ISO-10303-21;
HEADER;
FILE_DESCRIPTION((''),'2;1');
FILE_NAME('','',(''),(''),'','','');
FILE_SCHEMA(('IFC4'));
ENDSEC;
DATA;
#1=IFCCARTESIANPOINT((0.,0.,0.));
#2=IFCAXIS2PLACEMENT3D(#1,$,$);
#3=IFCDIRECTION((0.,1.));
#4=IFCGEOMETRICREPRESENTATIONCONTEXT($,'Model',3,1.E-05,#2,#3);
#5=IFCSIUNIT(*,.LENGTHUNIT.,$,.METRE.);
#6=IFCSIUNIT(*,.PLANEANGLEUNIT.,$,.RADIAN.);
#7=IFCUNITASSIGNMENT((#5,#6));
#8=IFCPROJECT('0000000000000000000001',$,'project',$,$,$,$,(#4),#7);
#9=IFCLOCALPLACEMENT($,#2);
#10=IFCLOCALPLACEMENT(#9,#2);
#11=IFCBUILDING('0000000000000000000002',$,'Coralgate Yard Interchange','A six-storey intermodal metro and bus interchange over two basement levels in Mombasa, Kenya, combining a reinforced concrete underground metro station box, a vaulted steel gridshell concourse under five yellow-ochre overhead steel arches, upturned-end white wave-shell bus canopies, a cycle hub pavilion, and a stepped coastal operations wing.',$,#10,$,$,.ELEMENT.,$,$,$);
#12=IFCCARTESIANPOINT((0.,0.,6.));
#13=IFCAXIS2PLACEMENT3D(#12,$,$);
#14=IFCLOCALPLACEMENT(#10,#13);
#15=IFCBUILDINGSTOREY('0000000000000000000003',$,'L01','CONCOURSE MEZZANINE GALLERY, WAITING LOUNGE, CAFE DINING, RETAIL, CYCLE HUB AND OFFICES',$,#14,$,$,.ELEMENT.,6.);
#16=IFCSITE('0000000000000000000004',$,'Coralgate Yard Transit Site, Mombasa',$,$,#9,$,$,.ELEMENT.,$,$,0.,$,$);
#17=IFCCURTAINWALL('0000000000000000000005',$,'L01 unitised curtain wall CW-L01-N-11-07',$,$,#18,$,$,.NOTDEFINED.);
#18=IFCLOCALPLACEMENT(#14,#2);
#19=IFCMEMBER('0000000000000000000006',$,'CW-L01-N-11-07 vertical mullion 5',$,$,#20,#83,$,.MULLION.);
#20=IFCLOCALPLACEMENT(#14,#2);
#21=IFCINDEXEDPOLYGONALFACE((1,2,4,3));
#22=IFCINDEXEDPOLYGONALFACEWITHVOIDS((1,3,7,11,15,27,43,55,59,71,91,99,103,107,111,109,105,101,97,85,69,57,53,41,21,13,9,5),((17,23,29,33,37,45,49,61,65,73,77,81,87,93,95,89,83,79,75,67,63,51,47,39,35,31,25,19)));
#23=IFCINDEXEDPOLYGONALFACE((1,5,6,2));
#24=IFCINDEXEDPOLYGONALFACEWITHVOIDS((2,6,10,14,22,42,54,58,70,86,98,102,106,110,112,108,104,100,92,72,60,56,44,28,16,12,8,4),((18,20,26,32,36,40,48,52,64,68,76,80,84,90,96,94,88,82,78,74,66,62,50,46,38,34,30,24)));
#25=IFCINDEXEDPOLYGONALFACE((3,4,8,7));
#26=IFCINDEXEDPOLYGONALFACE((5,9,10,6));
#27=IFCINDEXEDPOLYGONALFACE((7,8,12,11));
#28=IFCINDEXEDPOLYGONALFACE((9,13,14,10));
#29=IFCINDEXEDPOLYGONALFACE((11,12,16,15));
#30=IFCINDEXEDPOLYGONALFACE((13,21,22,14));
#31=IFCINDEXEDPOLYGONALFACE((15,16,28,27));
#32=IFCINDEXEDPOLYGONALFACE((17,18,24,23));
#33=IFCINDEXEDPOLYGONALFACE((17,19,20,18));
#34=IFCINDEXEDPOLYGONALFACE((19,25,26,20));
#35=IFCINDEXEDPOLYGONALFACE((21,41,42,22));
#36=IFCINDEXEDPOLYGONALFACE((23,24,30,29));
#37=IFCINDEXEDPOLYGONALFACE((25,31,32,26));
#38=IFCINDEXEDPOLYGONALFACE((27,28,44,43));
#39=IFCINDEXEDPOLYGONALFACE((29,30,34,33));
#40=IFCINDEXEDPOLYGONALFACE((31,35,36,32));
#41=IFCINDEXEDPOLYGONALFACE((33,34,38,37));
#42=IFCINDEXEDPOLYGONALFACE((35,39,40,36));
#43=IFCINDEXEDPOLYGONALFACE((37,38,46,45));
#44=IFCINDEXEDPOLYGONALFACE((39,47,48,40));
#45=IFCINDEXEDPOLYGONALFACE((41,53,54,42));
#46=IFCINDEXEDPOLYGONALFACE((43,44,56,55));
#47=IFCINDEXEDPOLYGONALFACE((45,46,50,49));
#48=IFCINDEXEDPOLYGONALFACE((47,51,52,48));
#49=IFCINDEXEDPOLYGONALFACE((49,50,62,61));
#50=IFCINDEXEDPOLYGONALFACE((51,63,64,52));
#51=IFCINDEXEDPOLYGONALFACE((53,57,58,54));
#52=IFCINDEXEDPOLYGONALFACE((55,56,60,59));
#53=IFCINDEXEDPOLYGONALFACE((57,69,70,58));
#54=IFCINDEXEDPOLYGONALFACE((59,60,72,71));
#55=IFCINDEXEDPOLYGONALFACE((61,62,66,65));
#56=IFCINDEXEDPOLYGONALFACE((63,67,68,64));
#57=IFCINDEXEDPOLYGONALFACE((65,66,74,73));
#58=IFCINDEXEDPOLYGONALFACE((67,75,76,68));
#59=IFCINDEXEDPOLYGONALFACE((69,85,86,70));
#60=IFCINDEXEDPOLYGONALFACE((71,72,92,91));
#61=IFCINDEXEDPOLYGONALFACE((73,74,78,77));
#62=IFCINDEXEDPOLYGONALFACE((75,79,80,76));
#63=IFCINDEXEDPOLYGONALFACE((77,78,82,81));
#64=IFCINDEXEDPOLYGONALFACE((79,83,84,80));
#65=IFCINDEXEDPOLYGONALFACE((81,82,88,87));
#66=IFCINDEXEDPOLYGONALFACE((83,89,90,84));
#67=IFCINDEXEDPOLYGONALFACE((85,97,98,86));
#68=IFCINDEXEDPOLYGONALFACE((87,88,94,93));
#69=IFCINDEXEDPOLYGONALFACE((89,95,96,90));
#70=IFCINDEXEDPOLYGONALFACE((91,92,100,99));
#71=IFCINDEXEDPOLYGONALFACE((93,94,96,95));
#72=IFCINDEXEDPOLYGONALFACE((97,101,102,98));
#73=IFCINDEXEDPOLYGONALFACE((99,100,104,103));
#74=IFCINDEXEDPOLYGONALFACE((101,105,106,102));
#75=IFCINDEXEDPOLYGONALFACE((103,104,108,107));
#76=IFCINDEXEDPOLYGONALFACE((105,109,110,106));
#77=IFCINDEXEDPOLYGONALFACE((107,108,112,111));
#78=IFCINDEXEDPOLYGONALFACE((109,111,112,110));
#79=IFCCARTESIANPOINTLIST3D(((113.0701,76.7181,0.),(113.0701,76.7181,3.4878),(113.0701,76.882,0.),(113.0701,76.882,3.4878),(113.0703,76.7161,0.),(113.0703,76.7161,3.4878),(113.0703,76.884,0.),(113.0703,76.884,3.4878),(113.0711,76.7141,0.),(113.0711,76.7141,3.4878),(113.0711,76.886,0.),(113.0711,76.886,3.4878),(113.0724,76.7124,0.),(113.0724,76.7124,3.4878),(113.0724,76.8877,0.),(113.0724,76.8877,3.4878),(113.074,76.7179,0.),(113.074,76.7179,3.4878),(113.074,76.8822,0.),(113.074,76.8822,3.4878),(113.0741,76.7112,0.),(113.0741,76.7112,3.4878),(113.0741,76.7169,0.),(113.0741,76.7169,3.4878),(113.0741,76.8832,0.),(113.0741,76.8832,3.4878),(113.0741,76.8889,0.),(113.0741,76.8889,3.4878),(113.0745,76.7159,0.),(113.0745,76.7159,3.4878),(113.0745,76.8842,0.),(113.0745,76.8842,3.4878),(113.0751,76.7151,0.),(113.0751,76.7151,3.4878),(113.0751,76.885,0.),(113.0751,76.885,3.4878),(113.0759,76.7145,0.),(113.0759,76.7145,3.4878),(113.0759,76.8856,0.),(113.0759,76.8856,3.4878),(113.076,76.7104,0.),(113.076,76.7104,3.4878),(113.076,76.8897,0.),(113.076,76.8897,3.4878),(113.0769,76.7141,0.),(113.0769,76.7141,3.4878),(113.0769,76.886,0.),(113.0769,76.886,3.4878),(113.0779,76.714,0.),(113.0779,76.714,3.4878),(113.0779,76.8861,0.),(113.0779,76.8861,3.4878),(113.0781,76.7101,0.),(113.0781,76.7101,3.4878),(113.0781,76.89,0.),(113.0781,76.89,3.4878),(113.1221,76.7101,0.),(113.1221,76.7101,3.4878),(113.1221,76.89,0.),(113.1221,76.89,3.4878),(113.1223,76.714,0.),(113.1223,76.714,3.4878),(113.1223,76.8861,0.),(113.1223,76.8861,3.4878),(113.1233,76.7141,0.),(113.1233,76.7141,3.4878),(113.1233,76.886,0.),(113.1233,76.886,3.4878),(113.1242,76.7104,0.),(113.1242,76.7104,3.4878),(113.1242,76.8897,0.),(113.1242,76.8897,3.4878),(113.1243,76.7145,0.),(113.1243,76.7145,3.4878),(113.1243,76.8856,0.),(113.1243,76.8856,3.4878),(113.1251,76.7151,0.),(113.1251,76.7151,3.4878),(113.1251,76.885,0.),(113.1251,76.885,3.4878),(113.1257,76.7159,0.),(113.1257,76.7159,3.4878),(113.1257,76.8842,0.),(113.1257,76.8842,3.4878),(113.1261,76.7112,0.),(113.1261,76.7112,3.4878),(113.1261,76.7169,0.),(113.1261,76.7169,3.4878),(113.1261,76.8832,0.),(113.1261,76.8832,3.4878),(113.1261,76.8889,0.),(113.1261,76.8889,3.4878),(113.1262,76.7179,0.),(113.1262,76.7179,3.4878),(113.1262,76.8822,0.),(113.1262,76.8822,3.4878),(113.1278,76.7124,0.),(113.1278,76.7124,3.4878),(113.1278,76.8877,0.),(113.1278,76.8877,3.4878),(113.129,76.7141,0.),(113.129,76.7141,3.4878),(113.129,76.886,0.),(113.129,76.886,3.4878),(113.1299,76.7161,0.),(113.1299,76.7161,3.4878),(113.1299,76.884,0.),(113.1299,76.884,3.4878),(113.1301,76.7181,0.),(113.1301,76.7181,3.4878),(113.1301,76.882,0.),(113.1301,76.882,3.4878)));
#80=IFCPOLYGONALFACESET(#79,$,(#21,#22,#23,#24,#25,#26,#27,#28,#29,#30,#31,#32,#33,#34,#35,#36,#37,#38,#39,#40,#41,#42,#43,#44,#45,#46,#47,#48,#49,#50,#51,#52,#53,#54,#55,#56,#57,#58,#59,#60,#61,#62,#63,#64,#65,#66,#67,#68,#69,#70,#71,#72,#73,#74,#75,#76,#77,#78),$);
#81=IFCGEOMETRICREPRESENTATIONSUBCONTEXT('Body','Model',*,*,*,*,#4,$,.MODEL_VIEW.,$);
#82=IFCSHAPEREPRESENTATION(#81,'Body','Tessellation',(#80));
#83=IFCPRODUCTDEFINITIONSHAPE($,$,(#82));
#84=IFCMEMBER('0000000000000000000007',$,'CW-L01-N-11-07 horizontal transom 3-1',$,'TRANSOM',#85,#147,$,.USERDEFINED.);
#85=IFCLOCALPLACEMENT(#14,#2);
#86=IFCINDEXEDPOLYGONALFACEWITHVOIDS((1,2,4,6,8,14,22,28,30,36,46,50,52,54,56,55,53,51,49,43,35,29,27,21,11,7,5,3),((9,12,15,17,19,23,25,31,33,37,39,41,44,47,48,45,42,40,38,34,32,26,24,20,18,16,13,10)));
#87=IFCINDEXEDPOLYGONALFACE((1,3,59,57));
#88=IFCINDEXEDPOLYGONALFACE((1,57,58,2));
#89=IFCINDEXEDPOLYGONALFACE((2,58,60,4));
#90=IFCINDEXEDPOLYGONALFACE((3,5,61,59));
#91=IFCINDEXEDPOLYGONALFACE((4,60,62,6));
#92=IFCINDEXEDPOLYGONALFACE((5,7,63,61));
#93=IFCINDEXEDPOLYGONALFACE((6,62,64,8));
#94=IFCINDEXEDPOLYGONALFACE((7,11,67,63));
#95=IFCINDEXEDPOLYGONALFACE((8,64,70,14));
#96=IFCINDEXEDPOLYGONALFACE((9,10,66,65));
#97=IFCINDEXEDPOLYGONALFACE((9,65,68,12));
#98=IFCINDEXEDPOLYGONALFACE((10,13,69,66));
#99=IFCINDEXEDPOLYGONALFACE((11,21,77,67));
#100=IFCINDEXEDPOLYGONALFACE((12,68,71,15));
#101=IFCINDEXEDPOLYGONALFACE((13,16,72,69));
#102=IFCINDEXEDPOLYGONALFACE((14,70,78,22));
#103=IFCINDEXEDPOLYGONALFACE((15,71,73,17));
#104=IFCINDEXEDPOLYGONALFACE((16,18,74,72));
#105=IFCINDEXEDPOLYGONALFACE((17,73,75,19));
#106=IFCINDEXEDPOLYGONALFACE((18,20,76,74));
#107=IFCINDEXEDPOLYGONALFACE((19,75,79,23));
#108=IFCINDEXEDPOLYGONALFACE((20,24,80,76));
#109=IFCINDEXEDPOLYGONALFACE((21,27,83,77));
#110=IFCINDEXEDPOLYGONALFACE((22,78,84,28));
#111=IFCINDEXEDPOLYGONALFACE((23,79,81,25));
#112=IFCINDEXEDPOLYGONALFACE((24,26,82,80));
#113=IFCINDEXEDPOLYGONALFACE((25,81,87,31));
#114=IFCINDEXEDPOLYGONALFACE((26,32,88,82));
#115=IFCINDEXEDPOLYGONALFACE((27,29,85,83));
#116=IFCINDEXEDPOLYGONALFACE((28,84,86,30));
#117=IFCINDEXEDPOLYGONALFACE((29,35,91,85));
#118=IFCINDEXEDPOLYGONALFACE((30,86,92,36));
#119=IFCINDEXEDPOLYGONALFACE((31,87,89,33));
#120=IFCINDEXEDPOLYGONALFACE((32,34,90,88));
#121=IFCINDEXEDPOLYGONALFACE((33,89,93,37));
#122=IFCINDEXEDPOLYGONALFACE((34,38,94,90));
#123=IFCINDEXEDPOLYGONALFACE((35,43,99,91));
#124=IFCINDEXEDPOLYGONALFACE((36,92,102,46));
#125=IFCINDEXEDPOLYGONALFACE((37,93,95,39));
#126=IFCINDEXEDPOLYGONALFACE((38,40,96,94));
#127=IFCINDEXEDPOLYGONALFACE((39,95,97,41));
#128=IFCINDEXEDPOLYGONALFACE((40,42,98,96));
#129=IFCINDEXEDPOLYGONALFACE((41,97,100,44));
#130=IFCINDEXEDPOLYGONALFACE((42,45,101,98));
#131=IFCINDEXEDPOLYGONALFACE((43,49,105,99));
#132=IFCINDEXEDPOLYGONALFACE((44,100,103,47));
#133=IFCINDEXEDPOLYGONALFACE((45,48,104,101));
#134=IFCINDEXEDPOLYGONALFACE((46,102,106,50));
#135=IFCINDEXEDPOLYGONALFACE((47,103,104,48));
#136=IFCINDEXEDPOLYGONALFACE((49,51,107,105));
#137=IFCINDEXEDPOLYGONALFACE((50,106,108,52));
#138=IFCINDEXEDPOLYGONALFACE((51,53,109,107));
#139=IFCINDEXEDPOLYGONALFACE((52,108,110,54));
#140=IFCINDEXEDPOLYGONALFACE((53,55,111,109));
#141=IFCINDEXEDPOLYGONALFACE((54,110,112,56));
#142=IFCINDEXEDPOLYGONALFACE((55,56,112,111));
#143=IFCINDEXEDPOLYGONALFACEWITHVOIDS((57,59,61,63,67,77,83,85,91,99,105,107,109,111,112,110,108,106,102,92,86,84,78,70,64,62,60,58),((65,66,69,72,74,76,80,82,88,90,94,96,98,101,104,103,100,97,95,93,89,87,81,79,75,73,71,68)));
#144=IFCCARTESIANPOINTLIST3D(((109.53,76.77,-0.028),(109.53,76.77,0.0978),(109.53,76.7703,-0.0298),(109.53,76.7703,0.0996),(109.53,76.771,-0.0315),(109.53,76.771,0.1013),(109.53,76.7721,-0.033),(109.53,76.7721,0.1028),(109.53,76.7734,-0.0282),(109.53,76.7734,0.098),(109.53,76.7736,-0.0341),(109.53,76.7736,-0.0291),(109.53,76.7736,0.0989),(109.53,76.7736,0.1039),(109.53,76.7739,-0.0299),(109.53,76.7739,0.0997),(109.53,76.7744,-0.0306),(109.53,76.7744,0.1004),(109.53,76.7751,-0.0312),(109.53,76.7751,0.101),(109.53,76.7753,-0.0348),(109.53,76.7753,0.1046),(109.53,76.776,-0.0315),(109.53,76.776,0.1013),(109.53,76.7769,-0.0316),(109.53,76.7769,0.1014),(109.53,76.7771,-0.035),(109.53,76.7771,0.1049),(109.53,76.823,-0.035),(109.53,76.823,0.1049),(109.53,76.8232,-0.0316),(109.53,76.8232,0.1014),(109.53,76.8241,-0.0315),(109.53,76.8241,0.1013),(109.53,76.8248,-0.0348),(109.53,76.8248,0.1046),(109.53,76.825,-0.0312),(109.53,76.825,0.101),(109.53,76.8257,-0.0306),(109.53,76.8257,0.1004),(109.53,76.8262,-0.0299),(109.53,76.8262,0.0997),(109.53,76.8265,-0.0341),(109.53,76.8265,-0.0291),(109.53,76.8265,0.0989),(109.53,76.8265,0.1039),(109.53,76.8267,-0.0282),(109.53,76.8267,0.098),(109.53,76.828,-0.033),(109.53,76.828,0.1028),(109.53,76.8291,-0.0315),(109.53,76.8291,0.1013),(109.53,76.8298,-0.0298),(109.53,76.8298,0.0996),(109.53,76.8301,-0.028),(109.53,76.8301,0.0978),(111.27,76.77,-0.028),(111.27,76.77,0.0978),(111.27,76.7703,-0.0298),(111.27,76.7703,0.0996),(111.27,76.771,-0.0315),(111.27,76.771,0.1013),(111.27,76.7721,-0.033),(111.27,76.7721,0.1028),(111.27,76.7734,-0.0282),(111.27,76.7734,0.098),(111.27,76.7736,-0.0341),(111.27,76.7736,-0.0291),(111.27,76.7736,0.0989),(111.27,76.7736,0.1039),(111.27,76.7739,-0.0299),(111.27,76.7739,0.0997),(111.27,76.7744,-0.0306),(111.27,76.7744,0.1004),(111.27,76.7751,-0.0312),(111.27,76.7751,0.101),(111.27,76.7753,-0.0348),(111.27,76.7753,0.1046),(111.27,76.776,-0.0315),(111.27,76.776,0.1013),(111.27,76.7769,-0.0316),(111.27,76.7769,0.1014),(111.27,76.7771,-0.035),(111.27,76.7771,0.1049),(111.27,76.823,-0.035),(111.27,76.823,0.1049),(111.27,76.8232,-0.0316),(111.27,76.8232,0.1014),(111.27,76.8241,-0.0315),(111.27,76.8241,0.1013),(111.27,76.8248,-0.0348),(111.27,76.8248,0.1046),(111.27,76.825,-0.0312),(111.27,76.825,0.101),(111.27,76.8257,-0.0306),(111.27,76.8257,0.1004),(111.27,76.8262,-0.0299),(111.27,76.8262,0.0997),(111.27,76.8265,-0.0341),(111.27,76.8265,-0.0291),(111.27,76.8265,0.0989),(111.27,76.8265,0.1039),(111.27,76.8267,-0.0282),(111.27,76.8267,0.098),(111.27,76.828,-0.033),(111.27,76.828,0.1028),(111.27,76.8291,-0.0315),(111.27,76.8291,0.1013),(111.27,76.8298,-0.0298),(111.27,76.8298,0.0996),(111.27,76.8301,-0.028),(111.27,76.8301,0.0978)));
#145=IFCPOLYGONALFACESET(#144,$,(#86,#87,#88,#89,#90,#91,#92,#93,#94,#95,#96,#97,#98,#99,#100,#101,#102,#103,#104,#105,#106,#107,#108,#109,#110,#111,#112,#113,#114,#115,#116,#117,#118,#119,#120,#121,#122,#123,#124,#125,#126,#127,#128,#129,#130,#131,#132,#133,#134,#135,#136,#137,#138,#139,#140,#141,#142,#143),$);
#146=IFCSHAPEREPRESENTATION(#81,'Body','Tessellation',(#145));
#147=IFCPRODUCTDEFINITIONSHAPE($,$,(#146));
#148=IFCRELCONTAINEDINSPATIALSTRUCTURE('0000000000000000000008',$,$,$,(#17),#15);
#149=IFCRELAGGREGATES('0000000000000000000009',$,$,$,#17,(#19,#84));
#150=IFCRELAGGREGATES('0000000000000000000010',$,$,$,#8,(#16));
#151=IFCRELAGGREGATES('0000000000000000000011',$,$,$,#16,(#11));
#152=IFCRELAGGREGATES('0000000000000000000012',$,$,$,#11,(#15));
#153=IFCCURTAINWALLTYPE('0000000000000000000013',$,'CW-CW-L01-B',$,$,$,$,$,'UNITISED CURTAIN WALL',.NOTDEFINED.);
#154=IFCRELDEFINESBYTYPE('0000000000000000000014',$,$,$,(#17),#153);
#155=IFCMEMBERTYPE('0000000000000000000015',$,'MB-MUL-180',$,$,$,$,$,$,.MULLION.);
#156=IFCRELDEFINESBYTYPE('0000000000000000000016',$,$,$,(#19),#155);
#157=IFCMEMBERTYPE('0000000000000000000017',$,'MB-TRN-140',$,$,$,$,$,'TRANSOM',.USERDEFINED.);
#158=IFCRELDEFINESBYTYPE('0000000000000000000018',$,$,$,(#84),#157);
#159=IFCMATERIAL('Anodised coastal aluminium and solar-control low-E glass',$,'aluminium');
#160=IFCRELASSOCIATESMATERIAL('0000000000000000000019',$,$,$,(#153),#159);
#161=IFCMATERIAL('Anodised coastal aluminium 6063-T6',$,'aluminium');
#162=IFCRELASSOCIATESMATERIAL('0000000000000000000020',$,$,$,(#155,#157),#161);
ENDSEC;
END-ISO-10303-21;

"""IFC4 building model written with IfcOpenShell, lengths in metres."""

from ifc_helpers import new_model, si_unit, direction, frame, origin, origin_2d, place, context, subcontext, project, spatial, hollow_rectangle, extrude, material, material_profile, profile_set, type_object, element, aggregate, save


model = new_model("IFC4")

# Units and contexts
model_context = context("Model", 3, precision=1e-05, world=origin(), true_north=direction((0.0, 1.0)))
body_context = subcontext(model_context, "Body", "Model", "MODEL_VIEW")
ifc_project = project(units=[si_unit("LENGTHUNIT", "METRE"), si_unit("PLANEANGLEUNIT", "RADIAN")], contexts=[model_context])

# Site, building, storey
site_placement = place(None, origin())
site = spatial("IfcSite", under=ifc_project, at=site_placement, Name="Coralgate Yard Transit Site, Mombasa", CompositionType="ELEMENT", RefElevation=0.0)
building_placement = place(site_placement, origin())
building = spatial("IfcBuilding", under=site, at=building_placement, Name="Coralgate Yard Interchange", Description="A six-storey intermodal metro and bus interchange over two basement levels in Mombasa, Kenya, combining a reinforced concrete underground metro station box, a vaulted steel gridshell concourse under five yellow-ochre overhead steel arches, upturned-end white wave-shell bus canopies, a cycle hub pavilion, and a stepped coastal operations wing.", CompositionType="ELEMENT")
storey_placement = place(building_placement, frame((0.0, 0.0, 6.0)))
storey = spatial("IfcBuildingStorey", under=building, at=storey_placement, Name="L01", Description="CONCOURSE MEZZANINE GALLERY, WAITING LOUNGE, CAFE DINING, RETAIL, CYCLE HUB AND OFFICES", CompositionType="ELEMENT", Elevation=6.0)

# Curtain wall, members
ifc_material_1 = material(Name="Anodised coastal aluminium and solar-control low-E glass", Category="aluminium")
curtain_wall_type_1 = type_object("IfcCurtainWallType", Name="CW-CW-L01-B", ElementType="UNITISED CURTAIN WALL", PredefinedType="NOTDEFINED", material=ifc_material_1)
curtain_wall_1_placement = place(storey_placement, origin())
curtain_wall_1 = element("IfcCurtainWall", 1, at=curtain_wall_1_placement, inside=storey, type_object=curtain_wall_type_1, Name="L01 unitised curtain wall CW-L01-N-11-07", PredefinedType="NOTDEFINED")
ifc_material_2 = material(Name="Anodised coastal aluminium 6063-T6", Category="aluminium")
ifc_material_profile_1 = material_profile(ifc_material_2, hollow_rectangle(XDim=0.0601, YDim=0.1799, WallThickness=0.0039, InnerFilletRadius=0.0039, OuterFilletRadius=0.0081, at=origin_2d()), Name="ALU 60x180x4")
ifc_profile_set_1 = profile_set([ifc_material_profile_1], Name="Anodised coastal aluminium 6063-T6")
member_type_1 = type_object("IfcMemberType", Name="MB-MUL-180", PredefinedType="MULLION", material=ifc_profile_set_1)
member_1_placement = place(storey_placement, frame((113.1001, 76.8, 0.0), z_axis=(0.0, 0.0, 1.0), x_axis=(1.0, 0.0, 0.0)))
member_1 = element("IfcMember", 2, at=member_1_placement, type_object=member_type_1, Name="CW-L01-N-11-07 vertical mullion 5", PredefinedType="MULLION", context=body_context, shape_type="SweptSolid", body=[
    extrude(hollow_rectangle(XDim=0.0601, YDim=0.1799, WallThickness=0.0039, InnerFilletRadius=0.0039, OuterFilletRadius=0.0081, at=origin_2d()), origin(), (0.0, 0.0, 1.0), 3.4878),
])
ifc_material_profile_2 = material_profile(ifc_material_2, hollow_rectangle(XDim=0.0601, YDim=0.1399, WallThickness=0.0034, InnerFilletRadius=0.0034, OuterFilletRadius=0.0071, at=origin_2d()), Name="ALU 60x140x3.5")
ifc_profile_set_2 = profile_set([ifc_material_profile_2], Name="Anodised coastal aluminium 6063-T6")
member_type_2 = type_object("IfcMemberType", Name="MB-TRN-140", ElementType="TRANSOM", PredefinedType="USERDEFINED", material=ifc_profile_set_2)
member_2_placement = place(storey_placement, frame((109.53, 76.8, 0.0349), z_axis=(1.0, 0.0, 0.0), x_axis=(0.0, 1.0, 0.0)))
member_2 = element("IfcMember", 3, at=member_2_placement, type_object=member_type_2, Name="CW-L01-N-11-07 horizontal transom 3-1", ObjectType="TRANSOM", PredefinedType="USERDEFINED", context=body_context, shape_type="SweptSolid", body=[
    extrude(hollow_rectangle(XDim=0.0601, YDim=0.1399, WallThickness=0.0034, InnerFilletRadius=0.0034, OuterFilletRadius=0.0071, at=origin_2d()), origin(), (0.0, 0.0, 1.0), 1.74),
])

aggregate(curtain_wall_1, [member_1, member_2])

save(model, "model.ifc")
